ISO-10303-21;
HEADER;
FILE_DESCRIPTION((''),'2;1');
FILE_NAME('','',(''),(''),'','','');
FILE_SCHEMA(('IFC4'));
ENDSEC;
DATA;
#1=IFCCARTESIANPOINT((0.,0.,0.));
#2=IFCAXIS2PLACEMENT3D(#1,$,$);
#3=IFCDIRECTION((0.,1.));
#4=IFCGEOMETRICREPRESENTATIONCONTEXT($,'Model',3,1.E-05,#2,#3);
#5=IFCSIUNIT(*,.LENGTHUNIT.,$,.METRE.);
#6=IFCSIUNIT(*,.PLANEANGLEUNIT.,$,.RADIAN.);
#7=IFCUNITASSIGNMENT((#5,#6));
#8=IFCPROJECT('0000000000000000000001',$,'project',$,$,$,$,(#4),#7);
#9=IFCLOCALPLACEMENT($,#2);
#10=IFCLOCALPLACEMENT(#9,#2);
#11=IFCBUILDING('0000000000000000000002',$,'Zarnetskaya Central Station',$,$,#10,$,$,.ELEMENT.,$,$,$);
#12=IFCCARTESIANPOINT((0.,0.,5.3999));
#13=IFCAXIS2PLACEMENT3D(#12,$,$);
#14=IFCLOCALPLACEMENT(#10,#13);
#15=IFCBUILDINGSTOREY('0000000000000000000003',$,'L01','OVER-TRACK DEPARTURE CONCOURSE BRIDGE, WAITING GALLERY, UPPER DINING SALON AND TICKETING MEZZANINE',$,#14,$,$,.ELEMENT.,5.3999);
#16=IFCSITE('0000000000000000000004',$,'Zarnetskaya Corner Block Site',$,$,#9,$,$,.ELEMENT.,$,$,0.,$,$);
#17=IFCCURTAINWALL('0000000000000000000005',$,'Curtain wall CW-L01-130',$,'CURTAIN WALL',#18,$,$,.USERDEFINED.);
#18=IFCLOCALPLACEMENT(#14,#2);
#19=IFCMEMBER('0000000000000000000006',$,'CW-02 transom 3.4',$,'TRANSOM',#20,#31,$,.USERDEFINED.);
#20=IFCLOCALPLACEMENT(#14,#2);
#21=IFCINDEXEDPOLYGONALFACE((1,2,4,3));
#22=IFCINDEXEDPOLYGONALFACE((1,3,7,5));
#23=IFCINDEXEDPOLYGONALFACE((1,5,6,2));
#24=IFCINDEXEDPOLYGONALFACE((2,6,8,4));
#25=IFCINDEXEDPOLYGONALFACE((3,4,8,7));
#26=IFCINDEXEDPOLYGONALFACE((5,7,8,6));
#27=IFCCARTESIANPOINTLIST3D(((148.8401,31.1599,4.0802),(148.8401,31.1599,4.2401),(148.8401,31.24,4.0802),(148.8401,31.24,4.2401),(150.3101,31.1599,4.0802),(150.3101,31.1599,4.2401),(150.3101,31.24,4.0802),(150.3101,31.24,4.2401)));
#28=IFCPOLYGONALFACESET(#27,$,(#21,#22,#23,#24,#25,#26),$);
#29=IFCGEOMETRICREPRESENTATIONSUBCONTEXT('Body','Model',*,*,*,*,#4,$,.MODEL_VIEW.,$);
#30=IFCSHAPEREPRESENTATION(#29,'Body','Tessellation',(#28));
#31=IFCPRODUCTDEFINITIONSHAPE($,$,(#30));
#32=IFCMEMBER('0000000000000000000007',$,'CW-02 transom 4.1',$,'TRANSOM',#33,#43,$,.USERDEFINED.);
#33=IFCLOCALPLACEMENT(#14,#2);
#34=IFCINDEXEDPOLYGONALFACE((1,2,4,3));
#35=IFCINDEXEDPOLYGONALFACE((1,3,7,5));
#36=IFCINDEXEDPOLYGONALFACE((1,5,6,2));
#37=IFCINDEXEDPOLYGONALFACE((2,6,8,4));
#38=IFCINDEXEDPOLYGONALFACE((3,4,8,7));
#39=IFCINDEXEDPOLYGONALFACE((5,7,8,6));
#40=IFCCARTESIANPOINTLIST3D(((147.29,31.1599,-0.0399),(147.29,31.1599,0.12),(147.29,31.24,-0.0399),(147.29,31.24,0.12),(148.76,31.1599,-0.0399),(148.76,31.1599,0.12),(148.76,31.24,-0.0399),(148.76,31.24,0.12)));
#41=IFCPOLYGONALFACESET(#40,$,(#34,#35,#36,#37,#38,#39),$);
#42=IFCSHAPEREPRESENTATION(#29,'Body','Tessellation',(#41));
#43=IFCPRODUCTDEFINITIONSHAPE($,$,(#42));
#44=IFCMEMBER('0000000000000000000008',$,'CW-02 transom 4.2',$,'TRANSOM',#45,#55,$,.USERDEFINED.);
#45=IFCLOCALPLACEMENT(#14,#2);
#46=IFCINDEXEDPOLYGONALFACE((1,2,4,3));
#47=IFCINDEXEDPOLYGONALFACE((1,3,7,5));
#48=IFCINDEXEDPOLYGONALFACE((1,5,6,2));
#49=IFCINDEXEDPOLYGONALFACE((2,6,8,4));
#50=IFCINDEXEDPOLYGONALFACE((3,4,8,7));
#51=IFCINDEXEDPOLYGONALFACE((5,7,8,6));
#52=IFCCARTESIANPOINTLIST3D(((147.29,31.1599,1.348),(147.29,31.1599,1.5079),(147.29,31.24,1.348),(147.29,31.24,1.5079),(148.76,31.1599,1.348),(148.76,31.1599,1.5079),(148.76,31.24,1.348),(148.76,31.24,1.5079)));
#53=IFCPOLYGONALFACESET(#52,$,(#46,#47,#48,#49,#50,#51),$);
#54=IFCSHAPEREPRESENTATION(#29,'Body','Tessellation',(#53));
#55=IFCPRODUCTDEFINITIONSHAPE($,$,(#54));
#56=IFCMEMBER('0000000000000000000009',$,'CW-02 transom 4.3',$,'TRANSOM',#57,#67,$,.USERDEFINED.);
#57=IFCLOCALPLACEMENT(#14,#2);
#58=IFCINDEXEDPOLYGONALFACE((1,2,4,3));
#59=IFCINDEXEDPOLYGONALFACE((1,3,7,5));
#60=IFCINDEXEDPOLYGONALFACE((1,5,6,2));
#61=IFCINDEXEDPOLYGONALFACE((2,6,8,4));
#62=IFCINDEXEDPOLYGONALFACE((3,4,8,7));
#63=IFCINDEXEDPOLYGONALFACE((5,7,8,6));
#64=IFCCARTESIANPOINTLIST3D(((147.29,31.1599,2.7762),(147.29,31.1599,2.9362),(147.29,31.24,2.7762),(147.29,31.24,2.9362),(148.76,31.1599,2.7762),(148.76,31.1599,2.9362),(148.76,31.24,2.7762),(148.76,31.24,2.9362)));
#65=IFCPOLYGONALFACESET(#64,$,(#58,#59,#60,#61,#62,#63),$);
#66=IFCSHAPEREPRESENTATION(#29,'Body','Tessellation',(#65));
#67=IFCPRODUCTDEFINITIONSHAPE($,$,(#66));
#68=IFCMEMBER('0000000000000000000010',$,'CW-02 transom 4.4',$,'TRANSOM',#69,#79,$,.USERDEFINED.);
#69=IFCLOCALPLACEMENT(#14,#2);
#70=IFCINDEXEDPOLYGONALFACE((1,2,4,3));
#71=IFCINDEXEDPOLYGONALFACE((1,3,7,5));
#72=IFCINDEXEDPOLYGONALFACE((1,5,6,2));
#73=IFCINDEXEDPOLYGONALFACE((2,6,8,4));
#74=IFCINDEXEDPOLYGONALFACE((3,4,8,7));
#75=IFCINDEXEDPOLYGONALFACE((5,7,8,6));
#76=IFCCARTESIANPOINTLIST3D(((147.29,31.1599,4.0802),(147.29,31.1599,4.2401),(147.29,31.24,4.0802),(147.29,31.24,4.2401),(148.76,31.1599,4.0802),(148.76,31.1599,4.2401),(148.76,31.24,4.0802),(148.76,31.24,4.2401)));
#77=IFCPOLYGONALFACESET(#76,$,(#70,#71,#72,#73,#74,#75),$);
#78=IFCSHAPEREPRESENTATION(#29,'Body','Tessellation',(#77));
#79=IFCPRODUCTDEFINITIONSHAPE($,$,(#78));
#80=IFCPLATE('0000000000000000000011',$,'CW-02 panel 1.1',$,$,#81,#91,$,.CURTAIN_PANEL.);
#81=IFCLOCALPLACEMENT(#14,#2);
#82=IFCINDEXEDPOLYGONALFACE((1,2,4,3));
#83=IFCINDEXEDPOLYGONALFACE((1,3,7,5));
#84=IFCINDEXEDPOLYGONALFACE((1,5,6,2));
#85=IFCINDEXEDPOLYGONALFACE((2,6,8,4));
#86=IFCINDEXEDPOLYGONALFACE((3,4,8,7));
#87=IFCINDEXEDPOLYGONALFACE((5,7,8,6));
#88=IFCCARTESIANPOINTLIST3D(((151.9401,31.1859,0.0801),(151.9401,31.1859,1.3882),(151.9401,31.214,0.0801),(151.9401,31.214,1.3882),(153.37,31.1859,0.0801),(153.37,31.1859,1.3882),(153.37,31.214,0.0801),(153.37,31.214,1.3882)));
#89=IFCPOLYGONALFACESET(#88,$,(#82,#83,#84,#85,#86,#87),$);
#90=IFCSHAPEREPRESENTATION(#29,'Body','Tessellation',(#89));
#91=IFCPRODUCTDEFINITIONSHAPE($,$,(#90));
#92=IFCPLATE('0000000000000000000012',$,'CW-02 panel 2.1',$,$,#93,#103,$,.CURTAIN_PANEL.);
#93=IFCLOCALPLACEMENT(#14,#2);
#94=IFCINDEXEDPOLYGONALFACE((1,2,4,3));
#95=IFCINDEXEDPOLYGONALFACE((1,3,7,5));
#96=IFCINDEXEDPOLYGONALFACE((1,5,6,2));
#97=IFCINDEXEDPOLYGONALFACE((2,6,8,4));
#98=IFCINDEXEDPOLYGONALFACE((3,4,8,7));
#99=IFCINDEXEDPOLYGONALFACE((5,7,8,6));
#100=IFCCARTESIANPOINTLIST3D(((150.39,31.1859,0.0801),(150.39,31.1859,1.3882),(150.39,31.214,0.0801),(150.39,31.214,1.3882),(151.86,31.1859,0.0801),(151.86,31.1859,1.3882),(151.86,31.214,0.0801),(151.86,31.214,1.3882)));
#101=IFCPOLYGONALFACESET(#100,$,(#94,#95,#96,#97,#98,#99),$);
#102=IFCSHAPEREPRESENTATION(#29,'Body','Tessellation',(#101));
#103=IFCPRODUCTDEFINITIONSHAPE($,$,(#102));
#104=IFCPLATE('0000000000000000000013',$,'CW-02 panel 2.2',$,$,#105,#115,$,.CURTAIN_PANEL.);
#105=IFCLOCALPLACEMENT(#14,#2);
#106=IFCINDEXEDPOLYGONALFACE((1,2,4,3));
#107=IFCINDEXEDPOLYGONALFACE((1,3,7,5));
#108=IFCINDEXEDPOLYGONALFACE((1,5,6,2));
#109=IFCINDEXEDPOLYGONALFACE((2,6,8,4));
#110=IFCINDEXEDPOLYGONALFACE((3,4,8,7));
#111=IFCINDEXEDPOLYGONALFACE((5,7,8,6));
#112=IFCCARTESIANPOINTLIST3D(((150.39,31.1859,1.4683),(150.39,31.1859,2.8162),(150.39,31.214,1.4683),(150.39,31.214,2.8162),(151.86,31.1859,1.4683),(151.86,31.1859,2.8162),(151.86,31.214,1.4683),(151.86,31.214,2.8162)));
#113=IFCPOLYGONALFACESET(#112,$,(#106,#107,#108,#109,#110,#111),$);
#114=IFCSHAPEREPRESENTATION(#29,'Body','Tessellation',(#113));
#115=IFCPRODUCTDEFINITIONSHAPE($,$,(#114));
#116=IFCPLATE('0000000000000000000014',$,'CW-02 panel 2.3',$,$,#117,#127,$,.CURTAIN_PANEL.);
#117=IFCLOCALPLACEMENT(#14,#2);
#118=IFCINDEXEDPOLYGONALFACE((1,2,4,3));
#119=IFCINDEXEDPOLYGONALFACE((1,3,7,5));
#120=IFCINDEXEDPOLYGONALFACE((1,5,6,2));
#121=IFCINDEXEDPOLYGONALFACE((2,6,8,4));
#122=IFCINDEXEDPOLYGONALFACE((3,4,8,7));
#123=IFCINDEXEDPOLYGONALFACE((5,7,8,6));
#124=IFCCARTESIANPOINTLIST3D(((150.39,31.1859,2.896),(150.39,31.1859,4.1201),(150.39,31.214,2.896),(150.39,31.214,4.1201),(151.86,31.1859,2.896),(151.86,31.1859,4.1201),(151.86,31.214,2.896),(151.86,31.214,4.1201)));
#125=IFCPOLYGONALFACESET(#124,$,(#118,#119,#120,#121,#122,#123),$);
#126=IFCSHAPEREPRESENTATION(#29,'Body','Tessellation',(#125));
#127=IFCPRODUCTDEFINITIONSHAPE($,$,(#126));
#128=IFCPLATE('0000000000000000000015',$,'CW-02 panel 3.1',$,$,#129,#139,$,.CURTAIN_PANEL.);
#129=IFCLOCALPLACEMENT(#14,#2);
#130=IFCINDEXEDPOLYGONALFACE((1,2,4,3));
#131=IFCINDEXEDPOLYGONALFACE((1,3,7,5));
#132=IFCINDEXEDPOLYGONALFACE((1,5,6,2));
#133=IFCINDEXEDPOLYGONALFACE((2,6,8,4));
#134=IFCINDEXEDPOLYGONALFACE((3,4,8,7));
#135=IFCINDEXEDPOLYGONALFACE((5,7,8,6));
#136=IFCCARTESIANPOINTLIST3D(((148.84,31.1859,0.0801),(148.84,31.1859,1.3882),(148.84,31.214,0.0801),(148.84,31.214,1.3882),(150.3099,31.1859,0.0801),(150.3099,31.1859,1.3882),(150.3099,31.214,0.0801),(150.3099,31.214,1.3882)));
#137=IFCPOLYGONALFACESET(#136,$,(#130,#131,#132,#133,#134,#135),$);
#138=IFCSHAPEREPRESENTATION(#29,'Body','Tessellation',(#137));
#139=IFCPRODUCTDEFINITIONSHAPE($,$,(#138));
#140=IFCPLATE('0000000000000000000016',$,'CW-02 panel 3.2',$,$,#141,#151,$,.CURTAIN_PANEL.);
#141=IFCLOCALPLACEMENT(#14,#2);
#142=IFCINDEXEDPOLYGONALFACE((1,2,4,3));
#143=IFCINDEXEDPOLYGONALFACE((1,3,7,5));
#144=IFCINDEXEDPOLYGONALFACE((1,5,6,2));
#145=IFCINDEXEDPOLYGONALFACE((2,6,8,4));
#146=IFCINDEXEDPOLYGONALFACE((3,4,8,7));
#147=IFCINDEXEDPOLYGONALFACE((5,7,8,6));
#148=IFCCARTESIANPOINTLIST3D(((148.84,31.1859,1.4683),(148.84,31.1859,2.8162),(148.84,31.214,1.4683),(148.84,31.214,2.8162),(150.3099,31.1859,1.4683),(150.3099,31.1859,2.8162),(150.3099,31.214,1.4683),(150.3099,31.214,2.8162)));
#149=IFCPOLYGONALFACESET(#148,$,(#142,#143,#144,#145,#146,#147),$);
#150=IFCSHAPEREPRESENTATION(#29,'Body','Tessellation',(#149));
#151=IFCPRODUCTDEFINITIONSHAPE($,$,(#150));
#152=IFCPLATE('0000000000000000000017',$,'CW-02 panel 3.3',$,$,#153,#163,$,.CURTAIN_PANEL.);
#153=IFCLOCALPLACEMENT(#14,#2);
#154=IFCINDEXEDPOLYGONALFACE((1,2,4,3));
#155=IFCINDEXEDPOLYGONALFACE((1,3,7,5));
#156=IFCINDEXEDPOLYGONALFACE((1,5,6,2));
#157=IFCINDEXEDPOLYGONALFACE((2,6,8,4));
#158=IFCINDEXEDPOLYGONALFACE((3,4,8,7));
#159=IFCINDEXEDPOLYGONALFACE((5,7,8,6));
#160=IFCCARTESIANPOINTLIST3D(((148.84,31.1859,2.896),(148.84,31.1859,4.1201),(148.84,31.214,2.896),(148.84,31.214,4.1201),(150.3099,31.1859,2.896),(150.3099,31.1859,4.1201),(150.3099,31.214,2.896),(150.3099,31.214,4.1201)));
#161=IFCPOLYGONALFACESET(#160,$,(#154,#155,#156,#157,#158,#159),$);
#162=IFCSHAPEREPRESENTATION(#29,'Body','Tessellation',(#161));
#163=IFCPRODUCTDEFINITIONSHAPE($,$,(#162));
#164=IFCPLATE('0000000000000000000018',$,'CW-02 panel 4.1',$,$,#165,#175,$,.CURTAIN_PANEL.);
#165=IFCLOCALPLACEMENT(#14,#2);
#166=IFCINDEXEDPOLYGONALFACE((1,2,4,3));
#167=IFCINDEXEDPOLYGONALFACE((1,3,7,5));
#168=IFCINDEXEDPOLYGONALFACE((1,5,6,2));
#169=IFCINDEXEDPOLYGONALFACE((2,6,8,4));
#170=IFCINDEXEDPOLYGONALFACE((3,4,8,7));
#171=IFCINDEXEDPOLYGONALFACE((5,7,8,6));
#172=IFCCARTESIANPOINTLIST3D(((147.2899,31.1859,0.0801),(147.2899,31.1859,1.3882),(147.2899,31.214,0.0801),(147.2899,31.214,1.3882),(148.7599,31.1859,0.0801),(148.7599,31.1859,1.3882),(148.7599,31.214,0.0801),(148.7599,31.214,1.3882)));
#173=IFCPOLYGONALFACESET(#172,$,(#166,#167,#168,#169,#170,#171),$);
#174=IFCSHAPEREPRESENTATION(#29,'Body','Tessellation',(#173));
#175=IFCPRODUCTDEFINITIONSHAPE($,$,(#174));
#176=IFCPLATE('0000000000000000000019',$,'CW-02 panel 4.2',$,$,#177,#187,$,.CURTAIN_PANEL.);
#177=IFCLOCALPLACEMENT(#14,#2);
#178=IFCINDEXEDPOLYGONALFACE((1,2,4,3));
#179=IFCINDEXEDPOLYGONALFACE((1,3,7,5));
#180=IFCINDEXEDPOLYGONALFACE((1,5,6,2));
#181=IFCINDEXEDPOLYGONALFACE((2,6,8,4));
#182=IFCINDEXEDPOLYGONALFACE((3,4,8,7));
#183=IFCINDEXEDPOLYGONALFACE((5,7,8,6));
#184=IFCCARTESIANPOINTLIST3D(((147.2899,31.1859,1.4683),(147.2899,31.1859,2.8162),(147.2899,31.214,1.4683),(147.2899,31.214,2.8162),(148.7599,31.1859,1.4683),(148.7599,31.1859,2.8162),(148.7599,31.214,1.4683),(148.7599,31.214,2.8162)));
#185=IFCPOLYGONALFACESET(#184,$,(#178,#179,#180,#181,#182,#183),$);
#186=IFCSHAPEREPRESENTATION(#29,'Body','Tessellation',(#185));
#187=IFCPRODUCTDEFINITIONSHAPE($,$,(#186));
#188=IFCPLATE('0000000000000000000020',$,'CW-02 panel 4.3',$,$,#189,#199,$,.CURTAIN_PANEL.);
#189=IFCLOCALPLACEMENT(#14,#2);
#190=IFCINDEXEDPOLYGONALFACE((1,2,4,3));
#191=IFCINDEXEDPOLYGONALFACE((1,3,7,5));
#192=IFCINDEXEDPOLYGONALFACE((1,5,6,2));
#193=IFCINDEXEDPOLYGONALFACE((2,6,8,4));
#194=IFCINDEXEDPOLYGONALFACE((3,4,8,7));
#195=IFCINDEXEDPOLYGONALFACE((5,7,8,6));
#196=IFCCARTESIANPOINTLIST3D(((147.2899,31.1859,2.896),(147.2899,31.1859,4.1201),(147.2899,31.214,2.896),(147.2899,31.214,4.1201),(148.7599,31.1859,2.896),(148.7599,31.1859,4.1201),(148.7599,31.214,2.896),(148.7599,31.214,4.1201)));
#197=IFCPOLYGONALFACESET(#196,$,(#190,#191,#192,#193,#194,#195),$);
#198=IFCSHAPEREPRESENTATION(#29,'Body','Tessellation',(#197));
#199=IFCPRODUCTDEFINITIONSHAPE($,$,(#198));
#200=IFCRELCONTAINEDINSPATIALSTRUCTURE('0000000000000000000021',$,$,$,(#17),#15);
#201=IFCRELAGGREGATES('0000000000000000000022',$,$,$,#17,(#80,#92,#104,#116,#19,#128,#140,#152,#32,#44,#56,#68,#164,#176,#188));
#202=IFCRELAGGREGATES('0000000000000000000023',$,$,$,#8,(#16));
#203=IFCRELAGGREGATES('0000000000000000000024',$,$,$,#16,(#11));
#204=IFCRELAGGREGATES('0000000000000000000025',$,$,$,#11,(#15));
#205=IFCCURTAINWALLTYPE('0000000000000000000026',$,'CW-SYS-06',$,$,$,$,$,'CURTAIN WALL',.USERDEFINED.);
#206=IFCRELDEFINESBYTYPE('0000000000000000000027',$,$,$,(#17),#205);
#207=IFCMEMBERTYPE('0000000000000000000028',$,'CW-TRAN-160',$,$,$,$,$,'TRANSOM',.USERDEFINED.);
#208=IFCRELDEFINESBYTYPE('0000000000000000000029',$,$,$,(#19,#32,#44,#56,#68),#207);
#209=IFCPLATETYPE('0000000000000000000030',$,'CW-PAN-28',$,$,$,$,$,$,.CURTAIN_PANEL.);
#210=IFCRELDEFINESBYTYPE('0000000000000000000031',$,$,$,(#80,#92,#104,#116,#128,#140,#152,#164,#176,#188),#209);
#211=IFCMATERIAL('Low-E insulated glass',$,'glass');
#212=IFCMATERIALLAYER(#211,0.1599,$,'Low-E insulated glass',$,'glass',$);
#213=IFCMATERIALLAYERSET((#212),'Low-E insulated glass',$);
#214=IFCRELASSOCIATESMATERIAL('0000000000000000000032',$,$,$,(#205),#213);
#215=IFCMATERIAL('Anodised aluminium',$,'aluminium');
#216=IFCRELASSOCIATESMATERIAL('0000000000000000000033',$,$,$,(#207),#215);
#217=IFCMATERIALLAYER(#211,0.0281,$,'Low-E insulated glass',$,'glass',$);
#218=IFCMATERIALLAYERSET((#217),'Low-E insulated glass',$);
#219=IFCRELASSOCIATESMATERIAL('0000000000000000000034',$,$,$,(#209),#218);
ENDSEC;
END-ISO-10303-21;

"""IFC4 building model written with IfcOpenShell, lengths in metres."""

from ifc_helpers import new_model, si_unit, direction, frame, origin, origin_2d, place, context, subcontext, project, spatial, rectangle, extrude, material, layer, layer_set, material_profile, profile_set, type_object, element, aggregate, save


model = new_model("IFC4")

# Units and contexts
model_context = context("Model", 3, precision=1e-05, world=origin(), true_north=direction((0.0, 1.0)))
body_context = subcontext(model_context, "Body", "Model", "MODEL_VIEW")
ifc_project = project(units=[si_unit("LENGTHUNIT", "METRE"), si_unit("PLANEANGLEUNIT", "RADIAN")], contexts=[model_context])

# Site, building, storey
site_placement = place(None, origin())
site = spatial("IfcSite", under=ifc_project, at=site_placement, Name="Zarnetskaya Corner Block Site", CompositionType="ELEMENT", RefElevation=0.0)
building_placement = place(site_placement, origin())
building = spatial("IfcBuilding", under=site, at=building_placement, Name="Zarnetskaya Central Station", CompositionType="ELEMENT")
storey_placement = place(building_placement, frame((0.0, 0.0, 5.3999)))
storey = spatial("IfcBuildingStorey", under=building, at=storey_placement, Name="L01", Description="OVER-TRACK DEPARTURE CONCOURSE BRIDGE, WAITING GALLERY, UPPER DINING SALON AND TICKETING MEZZANINE", CompositionType="ELEMENT", Elevation=5.3999)

# Shared definitions
ifc_material_1 = material(Name="Low-E insulated glass", Category="glass")
ifc_layer_1 = layer(ifc_material_1, 0.1599, Name="Low-E insulated glass", Category="glass")
ifc_layer_set_1 = layer_set([ifc_layer_1], Name="Low-E insulated glass")
curtain_wall_type = type_object("IfcCurtainWallType", Name="CW-SYS-06", ElementType="CURTAIN WALL", PredefinedType="USERDEFINED", material=ifc_layer_set_1)
ifc_material_2 = material(Name="Anodised aluminium", Category="aluminium")

# Curtain wall
curtain_wall_1_placement = place(storey_placement, origin())
curtain_wall_1 = element("IfcCurtainWall", 1, at=curtain_wall_1_placement, inside=storey, type_object=curtain_wall_type, Name="Curtain wall CW-L01-130", ObjectType="CURTAIN WALL", PredefinedType="USERDEFINED")

# Members
ifc_material_profile_1 = material_profile(ifc_material_2, rectangle(XDim=0.0801, YDim=0.1599, at=origin_2d()), Name="ALU TRAN 80x160")
ifc_profile_set_1 = profile_set([ifc_material_profile_1], Name="Anodised aluminium")
member_type_1 = type_object("IfcMemberType", Name="CW-TRAN-160", ElementType="TRANSOM", PredefinedType="USERDEFINED", material=ifc_profile_set_1)
member_1_placement = place(storey_placement, frame((150.3101, 31.2, 4.1602), z_axis=(-1.0, 0.0, 0.0), x_axis=(0.0, -1.0, 0.0)))
member_1 = element("IfcMember", 2, at=member_1_placement, type_object=member_type_1, Name="CW-02 transom 3.4", ObjectType="TRANSOM", PredefinedType="USERDEFINED", context=body_context, shape_type="SweptSolid", body=[
    extrude(rectangle(XDim=0.0801, YDim=0.1599, at=origin_2d()), origin(), (0.0, 0.0, 1.0), 1.47),
])
member_2_placement = place(storey_placement, frame((148.76, 31.2, 0.04), z_axis=(-1.0, 0.0, 0.0), x_axis=(0.0, -1.0, 0.0)))
member_2 = element("IfcMember", 3, at=member_2_placement, type_object=member_type_1, Name="CW-02 transom 4.1", ObjectType="TRANSOM", PredefinedType="USERDEFINED", context=body_context, shape_type="SweptSolid", body=[
    extrude(rectangle(XDim=0.0801, YDim=0.1599, at=origin_2d()), origin(), (0.0, 0.0, 1.0), 1.47),
])
member_3_placement = place(storey_placement, frame((148.76, 31.2, 1.428), z_axis=(-1.0, 0.0, 0.0), x_axis=(0.0, -1.0, 0.0)))
member_3 = element("IfcMember", 4, at=member_3_placement, type_object=member_type_1, Name="CW-02 transom 4.2", ObjectType="TRANSOM", PredefinedType="USERDEFINED", context=body_context, shape_type="SweptSolid", body=[
    extrude(rectangle(XDim=0.0801, YDim=0.1599, at=origin_2d()), origin(), (0.0, 0.0, 1.0), 1.47),
])
member_4_placement = place(storey_placement, frame((148.76, 31.2, 2.8562), z_axis=(-1.0, 0.0, 0.0), x_axis=(0.0, -1.0, 0.0)))
member_4 = element("IfcMember", 5, at=member_4_placement, type_object=member_type_1, Name="CW-02 transom 4.3", ObjectType="TRANSOM", PredefinedType="USERDEFINED", context=body_context, shape_type="SweptSolid", body=[
    extrude(rectangle(XDim=0.0801, YDim=0.1599, at=origin_2d()), origin(), (0.0, 0.0, 1.0), 1.47),
])
member_5_placement = place(storey_placement, frame((148.76, 31.2, 4.1602), z_axis=(-1.0, 0.0, 0.0), x_axis=(0.0, -1.0, 0.0)))
member_5 = element("IfcMember", 6, at=member_5_placement, type_object=member_type_1, Name="CW-02 transom 4.4", ObjectType="TRANSOM", PredefinedType="USERDEFINED", context=body_context, shape_type="SweptSolid", body=[
    extrude(rectangle(XDim=0.0801, YDim=0.1599, at=origin_2d()), origin(), (0.0, 0.0, 1.0), 1.47),
])

# Plates
ifc_layer_2 = layer(ifc_material_1, 0.0281, Name="Low-E insulated glass", Category="glass")
ifc_layer_set_2 = layer_set([ifc_layer_2], Name="Low-E insulated glass")
plate_type_1 = type_object("IfcPlateType", Name="CW-PAN-28", PredefinedType="CURTAIN_PANEL", material=ifc_layer_set_2)
plate_1_placement = place(storey_placement, frame((152.655, 31.2, 0.0801), z_axis=(0.0, 0.0, 1.0), x_axis=(-1.0, 0.0, 0.0)))
plate_1 = element("IfcPlate", 7, at=plate_1_placement, type_object=plate_type_1, Name="CW-02 panel 1.1", PredefinedType="CURTAIN_PANEL", context=body_context, shape_type="SweptSolid", body=[
    extrude(rectangle(XDim=1.4299, YDim=0.0281, at=origin_2d()), origin(), (0.0, 0.0, 1.0), 1.3081),
])
plate_2_placement = place(storey_placement, frame((151.125, 31.2, 0.0801), z_axis=(0.0, 0.0, 1.0), x_axis=(-1.0, 0.0, 0.0)))
plate_2 = element("IfcPlate", 8, at=plate_2_placement, type_object=plate_type_1, Name="CW-02 panel 2.1", PredefinedType="CURTAIN_PANEL", context=body_context, shape_type="SweptSolid", body=[
    extrude(rectangle(XDim=1.47, YDim=0.0281, at=origin_2d()), origin(), (0.0, 0.0, 1.0), 1.3081),
])
plate_3_placement = place(storey_placement, frame((151.125, 31.2, 1.4683), z_axis=(0.0, 0.0, 1.0), x_axis=(-1.0, 0.0, 0.0)))
plate_3 = element("IfcPlate", 9, at=plate_3_placement, type_object=plate_type_1, Name="CW-02 panel 2.2", PredefinedType="CURTAIN_PANEL", context=body_context, shape_type="SweptSolid", body=[
    extrude(rectangle(XDim=1.47, YDim=0.0281, at=origin_2d()), origin(), (0.0, 0.0, 1.0), 1.3479),
])
plate_4_placement = place(storey_placement, frame((151.125, 31.2, 2.896), z_axis=(0.0, 0.0, 1.0), x_axis=(-1.0, 0.0, 0.0)))
plate_4 = element("IfcPlate", 10, at=plate_4_placement, type_object=plate_type_1, Name="CW-02 panel 2.3", PredefinedType="CURTAIN_PANEL", context=body_context, shape_type="SweptSolid", body=[
    extrude(rectangle(XDim=1.47, YDim=0.0281, at=origin_2d()), origin(), (0.0, 0.0, 1.0), 1.2241),
])
plate_5_placement = place(storey_placement, frame((149.575, 31.2, 0.0801), z_axis=(0.0, 0.0, 1.0), x_axis=(-1.0, 0.0, 0.0)))
plate_5 = element("IfcPlate", 11, at=plate_5_placement, type_object=plate_type_1, Name="CW-02 panel 3.1", PredefinedType="CURTAIN_PANEL", context=body_context, shape_type="SweptSolid", body=[
    extrude(rectangle(XDim=1.47, YDim=0.0281, at=origin_2d()), origin(), (0.0, 0.0, 1.0), 1.3081),
])
plate_6_placement = place(storey_placement, frame((149.575, 31.2, 1.4683), z_axis=(0.0, 0.0, 1.0), x_axis=(-1.0, 0.0, 0.0)))
plate_6 = element("IfcPlate", 12, at=plate_6_placement, type_object=plate_type_1, Name="CW-02 panel 3.2", PredefinedType="CURTAIN_PANEL", context=body_context, shape_type="SweptSolid", body=[
    extrude(rectangle(XDim=1.47, YDim=0.0281, at=origin_2d()), origin(), (0.0, 0.0, 1.0), 1.3479),
])
plate_7_placement = place(storey_placement, frame((149.575, 31.2, 2.896), z_axis=(0.0, 0.0, 1.0), x_axis=(-1.0, 0.0, 0.0)))
plate_7 = element("IfcPlate", 13, at=plate_7_placement, type_object=plate_type_1, Name="CW-02 panel 3.3", PredefinedType="CURTAIN_PANEL", context=body_context, shape_type="SweptSolid", body=[
    extrude(rectangle(XDim=1.47, YDim=0.0281, at=origin_2d()), origin(), (0.0, 0.0, 1.0), 1.2241),
])
plate_8_placement = place(storey_placement, frame((148.0249, 31.2, 0.0801), z_axis=(0.0, 0.0, 1.0), x_axis=(-1.0, 0.0, 0.0)))
plate_8 = element("IfcPlate", 14, at=plate_8_placement, type_object=plate_type_1, Name="CW-02 panel 4.1", PredefinedType="CURTAIN_PANEL", context=body_context, shape_type="SweptSolid", body=[
    extrude(rectangle(XDim=1.47, YDim=0.0281, at=origin_2d()), origin(), (0.0, 0.0, 1.0), 1.3081),
])
plate_9_placement = place(storey_placement, frame((148.0249, 31.2, 1.4683), z_axis=(0.0, 0.0, 1.0), x_axis=(-1.0, 0.0, 0.0)))
plate_9 = element("IfcPlate", 15, at=plate_9_placement, type_object=plate_type_1, Name="CW-02 panel 4.2", PredefinedType="CURTAIN_PANEL", context=body_context, shape_type="SweptSolid", body=[
    extrude(rectangle(XDim=1.47, YDim=0.0281, at=origin_2d()), origin(), (0.0, 0.0, 1.0), 1.3479),
])
plate_10_placement = place(storey_placement, frame((148.0249, 31.2, 2.896), z_axis=(0.0, 0.0, 1.0), x_axis=(-1.0, 0.0, 0.0)))
plate_10 = element("IfcPlate", 16, at=plate_10_placement, type_object=plate_type_1, Name="CW-02 panel 4.3", PredefinedType="CURTAIN_PANEL", context=body_context, shape_type="SweptSolid", body=[
    extrude(rectangle(XDim=1.47, YDim=0.0281, at=origin_2d()), origin(), (0.0, 0.0, 1.0), 1.2241),
])
aggregate(curtain_wall_1, [plate_1, plate_2, plate_3, plate_4, member_1, plate_5, plate_6, plate_7, member_2, member_3, member_4, member_5, plate_8, plate_9, plate_10])

save(model, "model.ifc")
